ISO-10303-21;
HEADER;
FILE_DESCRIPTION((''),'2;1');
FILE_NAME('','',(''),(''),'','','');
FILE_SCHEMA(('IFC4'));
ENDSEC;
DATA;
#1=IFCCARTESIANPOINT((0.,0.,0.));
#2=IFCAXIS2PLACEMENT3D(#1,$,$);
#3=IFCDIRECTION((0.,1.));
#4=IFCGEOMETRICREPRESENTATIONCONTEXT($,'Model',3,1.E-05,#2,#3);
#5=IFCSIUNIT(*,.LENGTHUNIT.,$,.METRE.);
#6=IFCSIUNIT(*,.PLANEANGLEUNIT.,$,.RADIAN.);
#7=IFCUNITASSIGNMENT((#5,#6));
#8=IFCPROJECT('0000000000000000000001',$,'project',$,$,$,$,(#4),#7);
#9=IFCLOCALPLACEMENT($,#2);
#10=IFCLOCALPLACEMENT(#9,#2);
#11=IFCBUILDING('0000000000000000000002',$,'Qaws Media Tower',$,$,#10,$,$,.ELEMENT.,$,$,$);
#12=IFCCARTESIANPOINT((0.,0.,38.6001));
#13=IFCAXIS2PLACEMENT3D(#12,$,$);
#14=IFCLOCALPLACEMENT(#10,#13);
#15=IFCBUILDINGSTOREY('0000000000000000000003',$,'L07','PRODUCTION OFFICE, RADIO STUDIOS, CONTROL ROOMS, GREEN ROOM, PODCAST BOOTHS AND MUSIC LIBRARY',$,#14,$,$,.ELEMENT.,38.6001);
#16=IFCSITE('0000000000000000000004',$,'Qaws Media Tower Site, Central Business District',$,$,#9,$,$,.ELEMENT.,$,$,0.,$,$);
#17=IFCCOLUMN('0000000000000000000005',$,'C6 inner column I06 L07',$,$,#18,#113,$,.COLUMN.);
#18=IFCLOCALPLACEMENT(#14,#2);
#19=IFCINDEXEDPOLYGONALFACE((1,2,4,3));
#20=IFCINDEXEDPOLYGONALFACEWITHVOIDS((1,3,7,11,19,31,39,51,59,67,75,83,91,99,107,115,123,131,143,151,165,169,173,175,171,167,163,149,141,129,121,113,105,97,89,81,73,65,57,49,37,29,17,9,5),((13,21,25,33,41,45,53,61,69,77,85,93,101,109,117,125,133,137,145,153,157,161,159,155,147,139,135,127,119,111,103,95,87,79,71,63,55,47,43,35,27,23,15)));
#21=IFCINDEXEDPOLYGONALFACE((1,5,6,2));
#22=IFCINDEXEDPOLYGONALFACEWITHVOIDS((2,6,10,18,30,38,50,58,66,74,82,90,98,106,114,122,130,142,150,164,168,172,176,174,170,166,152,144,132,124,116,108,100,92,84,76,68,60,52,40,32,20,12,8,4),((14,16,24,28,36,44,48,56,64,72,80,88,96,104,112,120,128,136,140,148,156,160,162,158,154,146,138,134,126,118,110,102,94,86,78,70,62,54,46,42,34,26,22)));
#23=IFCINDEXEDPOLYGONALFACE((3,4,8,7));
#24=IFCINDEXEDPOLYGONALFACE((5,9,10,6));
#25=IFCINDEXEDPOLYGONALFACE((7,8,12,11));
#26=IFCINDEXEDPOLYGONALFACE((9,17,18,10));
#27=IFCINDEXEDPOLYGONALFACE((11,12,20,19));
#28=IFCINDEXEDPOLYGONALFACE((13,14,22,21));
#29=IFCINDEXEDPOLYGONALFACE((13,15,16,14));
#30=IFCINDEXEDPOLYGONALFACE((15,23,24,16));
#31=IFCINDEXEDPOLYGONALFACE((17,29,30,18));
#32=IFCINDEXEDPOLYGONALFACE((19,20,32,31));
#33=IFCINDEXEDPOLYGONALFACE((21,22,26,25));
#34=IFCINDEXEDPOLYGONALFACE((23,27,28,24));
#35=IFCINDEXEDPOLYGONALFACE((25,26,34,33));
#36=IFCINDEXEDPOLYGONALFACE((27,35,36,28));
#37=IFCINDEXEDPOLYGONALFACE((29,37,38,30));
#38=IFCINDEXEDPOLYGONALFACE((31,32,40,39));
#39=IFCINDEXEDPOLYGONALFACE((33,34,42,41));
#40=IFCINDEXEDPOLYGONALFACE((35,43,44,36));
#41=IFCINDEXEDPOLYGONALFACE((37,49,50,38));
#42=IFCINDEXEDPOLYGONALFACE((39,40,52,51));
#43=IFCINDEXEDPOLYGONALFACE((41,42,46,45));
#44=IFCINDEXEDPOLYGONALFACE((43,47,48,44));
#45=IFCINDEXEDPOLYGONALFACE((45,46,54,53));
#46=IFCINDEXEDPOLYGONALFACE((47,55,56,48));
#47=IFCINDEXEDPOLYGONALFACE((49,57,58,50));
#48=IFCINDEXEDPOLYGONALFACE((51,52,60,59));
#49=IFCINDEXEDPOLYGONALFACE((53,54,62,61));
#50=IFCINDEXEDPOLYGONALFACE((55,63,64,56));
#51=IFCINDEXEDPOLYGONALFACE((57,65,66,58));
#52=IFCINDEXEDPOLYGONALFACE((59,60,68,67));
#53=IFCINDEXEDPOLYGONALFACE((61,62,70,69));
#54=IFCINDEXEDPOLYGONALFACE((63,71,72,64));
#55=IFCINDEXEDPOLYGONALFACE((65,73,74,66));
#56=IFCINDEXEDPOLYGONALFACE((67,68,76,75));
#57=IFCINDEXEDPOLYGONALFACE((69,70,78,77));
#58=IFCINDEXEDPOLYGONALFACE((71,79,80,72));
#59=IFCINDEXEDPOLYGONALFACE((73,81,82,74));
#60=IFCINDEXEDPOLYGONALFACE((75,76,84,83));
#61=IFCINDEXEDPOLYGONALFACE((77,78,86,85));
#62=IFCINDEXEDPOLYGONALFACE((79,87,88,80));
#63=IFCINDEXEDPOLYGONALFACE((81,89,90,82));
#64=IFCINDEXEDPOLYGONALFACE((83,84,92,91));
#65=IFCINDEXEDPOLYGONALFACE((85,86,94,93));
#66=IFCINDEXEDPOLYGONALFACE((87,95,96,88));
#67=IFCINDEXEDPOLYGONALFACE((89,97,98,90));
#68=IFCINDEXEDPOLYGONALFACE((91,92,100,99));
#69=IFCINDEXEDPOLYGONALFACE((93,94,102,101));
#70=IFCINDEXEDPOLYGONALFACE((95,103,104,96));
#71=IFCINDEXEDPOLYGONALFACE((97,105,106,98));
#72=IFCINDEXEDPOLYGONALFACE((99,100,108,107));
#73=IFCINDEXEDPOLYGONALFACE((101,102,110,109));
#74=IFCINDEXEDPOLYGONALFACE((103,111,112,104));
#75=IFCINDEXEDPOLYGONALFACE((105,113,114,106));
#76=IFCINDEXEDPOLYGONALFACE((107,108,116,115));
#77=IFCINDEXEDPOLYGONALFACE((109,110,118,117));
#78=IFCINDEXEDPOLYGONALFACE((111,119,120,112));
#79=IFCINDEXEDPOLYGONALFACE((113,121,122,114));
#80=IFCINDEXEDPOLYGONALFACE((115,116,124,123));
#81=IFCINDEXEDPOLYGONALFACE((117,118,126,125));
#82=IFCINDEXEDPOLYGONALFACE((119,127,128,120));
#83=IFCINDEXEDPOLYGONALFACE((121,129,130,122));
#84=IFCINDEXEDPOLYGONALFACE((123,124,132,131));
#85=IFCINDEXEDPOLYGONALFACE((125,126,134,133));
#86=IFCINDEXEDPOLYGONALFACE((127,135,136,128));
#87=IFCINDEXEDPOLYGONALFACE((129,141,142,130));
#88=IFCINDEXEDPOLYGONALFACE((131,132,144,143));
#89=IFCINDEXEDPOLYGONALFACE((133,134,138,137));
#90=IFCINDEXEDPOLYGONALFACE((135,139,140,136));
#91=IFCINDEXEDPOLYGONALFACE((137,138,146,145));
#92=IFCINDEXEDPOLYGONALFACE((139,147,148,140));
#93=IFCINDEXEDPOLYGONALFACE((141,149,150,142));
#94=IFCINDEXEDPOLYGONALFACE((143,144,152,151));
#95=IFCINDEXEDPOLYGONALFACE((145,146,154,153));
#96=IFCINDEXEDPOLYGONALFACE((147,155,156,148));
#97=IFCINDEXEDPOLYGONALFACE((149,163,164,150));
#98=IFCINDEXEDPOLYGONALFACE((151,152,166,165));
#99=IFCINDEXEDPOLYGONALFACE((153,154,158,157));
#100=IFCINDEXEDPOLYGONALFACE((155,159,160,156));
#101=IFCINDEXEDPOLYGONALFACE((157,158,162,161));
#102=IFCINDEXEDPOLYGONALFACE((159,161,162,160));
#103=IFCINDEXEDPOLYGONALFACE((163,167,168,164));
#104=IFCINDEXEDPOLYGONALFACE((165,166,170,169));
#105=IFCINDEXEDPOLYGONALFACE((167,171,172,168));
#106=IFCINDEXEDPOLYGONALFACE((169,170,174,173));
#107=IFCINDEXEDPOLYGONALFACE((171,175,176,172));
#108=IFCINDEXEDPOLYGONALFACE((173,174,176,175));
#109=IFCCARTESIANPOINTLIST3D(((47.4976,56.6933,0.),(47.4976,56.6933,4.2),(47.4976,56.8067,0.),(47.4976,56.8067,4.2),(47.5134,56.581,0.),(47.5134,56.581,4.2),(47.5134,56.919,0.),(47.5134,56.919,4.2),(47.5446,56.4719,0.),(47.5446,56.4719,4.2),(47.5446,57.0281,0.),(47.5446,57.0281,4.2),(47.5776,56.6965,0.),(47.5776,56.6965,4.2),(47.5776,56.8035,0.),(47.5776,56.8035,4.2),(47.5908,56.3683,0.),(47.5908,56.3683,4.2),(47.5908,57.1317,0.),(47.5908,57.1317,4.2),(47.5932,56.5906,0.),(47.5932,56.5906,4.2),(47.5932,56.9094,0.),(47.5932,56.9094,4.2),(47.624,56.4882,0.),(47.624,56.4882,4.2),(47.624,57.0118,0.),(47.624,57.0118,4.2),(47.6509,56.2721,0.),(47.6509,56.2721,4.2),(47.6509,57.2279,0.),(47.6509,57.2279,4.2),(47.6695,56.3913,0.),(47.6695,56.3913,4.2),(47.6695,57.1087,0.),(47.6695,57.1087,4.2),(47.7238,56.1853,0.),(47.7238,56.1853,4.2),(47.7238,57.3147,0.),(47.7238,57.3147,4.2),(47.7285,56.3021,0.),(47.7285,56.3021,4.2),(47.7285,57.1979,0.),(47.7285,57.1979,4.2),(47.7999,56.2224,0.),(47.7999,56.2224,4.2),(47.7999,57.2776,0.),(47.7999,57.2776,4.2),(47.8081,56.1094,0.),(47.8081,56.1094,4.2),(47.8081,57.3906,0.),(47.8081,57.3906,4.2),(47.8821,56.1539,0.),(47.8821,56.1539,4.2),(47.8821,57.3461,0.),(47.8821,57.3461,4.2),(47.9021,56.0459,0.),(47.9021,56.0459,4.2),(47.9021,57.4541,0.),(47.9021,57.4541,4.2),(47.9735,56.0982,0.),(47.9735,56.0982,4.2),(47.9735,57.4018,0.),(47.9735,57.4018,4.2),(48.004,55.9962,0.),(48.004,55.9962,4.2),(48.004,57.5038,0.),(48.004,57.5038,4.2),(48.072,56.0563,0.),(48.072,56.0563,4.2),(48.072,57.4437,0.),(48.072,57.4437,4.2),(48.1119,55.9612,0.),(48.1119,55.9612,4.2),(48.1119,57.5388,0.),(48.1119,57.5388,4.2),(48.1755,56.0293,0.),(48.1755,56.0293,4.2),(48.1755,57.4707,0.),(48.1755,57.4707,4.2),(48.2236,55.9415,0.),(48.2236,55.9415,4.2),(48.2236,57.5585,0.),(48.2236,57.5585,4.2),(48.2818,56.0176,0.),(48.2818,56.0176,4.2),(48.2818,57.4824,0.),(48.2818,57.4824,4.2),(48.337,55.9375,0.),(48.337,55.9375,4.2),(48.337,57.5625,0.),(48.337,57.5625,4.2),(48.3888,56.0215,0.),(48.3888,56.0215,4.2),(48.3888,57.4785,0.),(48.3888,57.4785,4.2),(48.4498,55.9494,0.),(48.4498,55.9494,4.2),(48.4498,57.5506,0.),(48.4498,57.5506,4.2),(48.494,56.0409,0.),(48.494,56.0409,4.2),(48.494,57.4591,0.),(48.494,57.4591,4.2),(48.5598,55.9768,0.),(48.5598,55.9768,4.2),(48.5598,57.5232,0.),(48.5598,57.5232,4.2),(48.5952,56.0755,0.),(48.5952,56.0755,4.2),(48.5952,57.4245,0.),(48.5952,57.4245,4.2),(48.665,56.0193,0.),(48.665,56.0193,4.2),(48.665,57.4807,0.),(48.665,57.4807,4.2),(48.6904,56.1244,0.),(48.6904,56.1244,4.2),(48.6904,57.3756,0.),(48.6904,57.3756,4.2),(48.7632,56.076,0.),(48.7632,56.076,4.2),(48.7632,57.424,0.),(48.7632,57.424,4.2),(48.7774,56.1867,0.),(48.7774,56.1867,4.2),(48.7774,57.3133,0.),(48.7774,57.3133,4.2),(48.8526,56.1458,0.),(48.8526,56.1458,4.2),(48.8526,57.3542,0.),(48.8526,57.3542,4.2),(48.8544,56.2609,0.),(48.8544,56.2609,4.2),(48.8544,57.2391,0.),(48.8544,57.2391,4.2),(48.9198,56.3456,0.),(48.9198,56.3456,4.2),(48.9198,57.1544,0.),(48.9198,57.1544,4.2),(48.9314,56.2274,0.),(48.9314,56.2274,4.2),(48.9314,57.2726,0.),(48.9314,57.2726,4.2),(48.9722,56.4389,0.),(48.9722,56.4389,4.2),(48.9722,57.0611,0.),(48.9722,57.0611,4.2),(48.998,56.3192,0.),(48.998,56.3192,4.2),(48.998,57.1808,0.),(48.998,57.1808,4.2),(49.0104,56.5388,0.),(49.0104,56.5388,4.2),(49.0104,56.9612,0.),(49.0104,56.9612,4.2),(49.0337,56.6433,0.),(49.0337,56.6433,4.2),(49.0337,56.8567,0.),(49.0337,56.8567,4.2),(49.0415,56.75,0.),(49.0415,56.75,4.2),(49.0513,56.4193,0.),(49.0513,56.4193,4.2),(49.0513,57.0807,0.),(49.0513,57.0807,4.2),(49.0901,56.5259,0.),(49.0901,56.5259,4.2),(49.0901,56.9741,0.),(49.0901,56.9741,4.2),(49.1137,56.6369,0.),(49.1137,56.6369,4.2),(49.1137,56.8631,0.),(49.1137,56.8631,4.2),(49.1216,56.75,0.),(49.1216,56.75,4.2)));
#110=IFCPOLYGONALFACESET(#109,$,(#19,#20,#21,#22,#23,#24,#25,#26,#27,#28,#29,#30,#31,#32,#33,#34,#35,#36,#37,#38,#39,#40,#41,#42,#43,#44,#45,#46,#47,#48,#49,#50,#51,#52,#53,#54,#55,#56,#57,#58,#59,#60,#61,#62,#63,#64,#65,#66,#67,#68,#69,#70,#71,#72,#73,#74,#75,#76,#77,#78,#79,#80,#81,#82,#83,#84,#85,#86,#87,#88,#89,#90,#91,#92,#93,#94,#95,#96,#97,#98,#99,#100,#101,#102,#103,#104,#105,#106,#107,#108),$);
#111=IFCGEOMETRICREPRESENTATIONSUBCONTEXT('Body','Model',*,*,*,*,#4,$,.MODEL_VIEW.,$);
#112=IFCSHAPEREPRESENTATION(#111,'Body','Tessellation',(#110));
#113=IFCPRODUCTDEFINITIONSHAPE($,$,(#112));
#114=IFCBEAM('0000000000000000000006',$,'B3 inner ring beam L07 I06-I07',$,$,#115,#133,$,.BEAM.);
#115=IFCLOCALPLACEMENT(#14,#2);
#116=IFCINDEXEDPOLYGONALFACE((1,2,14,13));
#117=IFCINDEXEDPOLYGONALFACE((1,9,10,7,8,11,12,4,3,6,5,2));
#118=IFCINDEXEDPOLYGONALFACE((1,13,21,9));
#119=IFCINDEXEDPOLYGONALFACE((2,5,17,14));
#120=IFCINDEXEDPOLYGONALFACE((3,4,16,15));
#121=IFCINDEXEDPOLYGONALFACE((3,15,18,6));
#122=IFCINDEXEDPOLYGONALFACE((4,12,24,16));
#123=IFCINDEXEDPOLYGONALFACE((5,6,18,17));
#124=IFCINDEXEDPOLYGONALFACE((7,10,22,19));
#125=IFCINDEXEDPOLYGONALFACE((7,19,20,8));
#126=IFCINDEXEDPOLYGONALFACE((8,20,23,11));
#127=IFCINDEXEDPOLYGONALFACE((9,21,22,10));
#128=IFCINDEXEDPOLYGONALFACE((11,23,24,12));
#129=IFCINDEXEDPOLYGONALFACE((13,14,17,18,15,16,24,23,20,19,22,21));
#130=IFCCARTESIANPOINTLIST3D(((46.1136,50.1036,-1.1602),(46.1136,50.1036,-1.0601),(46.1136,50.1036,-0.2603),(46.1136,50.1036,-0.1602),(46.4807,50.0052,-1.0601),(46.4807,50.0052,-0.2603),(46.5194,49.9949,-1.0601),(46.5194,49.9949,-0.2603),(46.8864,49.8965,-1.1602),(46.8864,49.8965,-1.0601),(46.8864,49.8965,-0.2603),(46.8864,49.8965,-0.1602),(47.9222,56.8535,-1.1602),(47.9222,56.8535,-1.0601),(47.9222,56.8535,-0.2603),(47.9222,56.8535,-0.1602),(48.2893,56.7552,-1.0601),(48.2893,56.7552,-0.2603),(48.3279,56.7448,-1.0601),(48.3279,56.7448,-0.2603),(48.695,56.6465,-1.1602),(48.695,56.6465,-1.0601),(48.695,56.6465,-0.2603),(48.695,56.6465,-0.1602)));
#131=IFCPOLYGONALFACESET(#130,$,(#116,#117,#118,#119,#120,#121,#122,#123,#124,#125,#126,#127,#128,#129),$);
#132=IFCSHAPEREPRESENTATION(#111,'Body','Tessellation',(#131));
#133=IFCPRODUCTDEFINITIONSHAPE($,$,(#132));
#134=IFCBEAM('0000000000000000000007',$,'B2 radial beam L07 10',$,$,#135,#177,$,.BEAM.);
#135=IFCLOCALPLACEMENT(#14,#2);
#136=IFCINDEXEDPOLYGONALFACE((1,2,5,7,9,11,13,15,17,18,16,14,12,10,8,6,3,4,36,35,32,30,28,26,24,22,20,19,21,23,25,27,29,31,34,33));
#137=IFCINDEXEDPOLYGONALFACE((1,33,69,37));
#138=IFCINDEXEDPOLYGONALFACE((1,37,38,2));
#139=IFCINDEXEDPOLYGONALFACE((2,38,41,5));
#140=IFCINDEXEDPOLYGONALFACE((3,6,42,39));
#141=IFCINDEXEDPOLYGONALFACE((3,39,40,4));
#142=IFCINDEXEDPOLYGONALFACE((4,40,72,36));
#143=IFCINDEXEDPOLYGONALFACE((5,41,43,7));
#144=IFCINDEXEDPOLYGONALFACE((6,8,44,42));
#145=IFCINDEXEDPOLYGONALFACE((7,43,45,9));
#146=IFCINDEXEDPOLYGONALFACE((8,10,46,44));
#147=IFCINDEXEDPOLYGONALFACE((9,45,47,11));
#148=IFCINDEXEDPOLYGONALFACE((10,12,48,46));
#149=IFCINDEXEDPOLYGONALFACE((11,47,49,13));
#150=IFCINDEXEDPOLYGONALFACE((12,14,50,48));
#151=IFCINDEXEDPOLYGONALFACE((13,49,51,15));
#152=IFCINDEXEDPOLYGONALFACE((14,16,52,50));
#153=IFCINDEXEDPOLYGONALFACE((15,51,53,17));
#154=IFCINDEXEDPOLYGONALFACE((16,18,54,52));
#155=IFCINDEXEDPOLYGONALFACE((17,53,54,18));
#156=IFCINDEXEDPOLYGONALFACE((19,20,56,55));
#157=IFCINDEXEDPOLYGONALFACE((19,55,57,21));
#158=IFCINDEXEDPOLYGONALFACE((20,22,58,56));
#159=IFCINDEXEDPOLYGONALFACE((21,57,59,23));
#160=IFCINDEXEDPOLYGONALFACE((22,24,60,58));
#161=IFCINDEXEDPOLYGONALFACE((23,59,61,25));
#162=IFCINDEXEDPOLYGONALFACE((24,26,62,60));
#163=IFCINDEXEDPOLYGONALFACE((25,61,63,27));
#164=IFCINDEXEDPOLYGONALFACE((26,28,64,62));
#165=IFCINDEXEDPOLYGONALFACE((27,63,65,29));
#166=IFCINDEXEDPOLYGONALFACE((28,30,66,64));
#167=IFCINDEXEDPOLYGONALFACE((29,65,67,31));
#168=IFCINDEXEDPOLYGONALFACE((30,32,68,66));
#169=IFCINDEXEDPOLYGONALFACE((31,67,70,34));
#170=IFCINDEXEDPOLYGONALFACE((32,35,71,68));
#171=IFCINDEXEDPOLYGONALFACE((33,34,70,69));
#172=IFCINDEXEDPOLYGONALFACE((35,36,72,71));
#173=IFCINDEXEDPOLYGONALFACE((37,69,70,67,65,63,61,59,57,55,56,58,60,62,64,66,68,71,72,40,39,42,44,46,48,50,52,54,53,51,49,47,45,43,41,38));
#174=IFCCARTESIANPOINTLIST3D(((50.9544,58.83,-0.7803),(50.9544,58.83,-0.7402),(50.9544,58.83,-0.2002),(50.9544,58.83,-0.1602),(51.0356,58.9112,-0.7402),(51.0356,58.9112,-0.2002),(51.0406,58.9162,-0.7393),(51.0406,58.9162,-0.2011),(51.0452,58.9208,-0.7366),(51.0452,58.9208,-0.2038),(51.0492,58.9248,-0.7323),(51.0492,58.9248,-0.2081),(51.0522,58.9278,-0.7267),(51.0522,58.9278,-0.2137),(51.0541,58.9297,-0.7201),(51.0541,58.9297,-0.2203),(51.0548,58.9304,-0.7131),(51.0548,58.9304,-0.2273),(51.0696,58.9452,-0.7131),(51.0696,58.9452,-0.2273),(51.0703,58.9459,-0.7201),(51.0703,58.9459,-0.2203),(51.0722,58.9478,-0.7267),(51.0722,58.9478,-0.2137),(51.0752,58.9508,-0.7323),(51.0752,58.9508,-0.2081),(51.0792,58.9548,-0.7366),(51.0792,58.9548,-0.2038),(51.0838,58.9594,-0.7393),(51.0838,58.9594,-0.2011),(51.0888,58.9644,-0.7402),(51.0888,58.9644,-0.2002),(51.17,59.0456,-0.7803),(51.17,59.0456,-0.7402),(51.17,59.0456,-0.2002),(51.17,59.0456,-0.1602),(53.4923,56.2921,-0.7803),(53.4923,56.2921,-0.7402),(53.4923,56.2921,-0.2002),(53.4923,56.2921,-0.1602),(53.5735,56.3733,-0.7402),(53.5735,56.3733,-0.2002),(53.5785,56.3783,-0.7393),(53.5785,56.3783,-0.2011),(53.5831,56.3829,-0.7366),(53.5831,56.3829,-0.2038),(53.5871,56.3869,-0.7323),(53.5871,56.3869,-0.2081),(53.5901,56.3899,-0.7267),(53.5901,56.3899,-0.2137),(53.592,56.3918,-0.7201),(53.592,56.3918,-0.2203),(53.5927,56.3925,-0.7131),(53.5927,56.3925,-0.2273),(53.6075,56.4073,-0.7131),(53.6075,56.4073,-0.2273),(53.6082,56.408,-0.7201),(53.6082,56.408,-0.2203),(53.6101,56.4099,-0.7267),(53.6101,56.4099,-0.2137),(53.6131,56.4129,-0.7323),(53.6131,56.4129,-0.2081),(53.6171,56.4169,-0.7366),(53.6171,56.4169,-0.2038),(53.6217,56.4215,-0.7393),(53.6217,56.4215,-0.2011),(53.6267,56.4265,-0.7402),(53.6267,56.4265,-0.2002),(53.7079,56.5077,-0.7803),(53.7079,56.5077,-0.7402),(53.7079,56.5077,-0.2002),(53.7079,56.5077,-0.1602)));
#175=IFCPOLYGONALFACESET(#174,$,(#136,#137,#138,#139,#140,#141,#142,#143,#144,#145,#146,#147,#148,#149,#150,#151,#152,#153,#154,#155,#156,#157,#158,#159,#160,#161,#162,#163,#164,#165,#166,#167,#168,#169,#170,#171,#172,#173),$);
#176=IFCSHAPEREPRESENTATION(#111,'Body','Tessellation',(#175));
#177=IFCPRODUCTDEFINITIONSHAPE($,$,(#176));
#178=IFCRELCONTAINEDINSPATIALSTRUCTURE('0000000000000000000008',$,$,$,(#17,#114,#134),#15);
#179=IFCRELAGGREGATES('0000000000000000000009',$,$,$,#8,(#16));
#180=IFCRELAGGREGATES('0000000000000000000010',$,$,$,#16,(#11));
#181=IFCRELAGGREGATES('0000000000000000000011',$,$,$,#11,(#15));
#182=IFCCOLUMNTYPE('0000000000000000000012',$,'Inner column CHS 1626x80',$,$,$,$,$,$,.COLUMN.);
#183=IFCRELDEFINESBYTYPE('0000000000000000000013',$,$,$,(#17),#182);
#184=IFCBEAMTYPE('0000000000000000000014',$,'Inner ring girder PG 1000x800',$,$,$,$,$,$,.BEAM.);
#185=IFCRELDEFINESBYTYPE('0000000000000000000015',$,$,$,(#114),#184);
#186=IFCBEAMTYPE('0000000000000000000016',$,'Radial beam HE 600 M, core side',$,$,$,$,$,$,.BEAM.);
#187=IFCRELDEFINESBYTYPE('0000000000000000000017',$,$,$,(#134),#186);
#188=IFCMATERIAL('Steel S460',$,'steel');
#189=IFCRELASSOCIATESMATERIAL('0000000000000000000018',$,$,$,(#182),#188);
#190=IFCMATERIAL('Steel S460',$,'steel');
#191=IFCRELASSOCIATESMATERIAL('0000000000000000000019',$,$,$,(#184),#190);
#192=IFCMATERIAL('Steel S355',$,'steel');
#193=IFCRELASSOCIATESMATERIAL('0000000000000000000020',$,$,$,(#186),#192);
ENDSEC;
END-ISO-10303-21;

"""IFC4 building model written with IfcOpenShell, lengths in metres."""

from ifc_helpers import new_model, si_unit, direction, frame, origin, origin_2d, place, context, subcontext, project, spatial, hollow_circle, i_section, extrude, material, material_profile, profile_set, type_object, element, save


model = new_model("IFC4")

# Units and contexts
model_context = context("Model", 3, precision=1e-05, world=origin(), true_north=direction((0.0, 1.0)))
body_context = subcontext(model_context, "Body", "Model", "MODEL_VIEW")
ifc_project = project(units=[si_unit("LENGTHUNIT", "METRE"), si_unit("PLANEANGLEUNIT", "RADIAN")], contexts=[model_context])

# Site, building, storey
site_placement = place(None, origin())
site = spatial("IfcSite", under=ifc_project, at=site_placement, Name="Qaws Media Tower Site, Central Business District", CompositionType="ELEMENT", RefElevation=0.0)
building_placement = place(site_placement, origin())
building = spatial("IfcBuilding", under=site, at=building_placement, Name="Qaws Media Tower", CompositionType="ELEMENT")
storey_placement = place(building_placement, frame((0.0, 0.0, 38.6001)))
storey = spatial("IfcBuildingStorey", under=building, at=storey_placement, Name="L07", Description="PRODUCTION OFFICE, RADIO STUDIOS, CONTROL ROOMS, GREEN ROOM, PODCAST BOOTHS AND MUSIC LIBRARY", CompositionType="ELEMENT", Elevation=38.6001)

# Column
ifc_material_1 = material(Name="Steel S460", Category="steel")
ifc_material_profile_1 = material_profile(ifc_material_1, hollow_circle(Radius=0.813, WallThickness=0.0801, at=origin_2d()), Name="CHS 1626x80")
ifc_profile_set_1 = profile_set([ifc_material_profile_1], Name="Steel S460")
column_type = type_object("IfcColumnType", Name="Inner column CHS 1626x80", PredefinedType="COLUMN", material=ifc_profile_set_1)
column_placement = place(storey_placement, frame((48.3086, 56.75, 0.0), z_axis=(0.0, 0.0, 1.0), x_axis=(1.0, 0.0, 0.0)))
element("IfcColumn", 1, at=column_placement, inside=storey, type_object=column_type, Name="C6 inner column I06 L07", PredefinedType="COLUMN", context=body_context, shape_type="SweptSolid", body=[
    extrude(hollow_circle(Radius=0.813, WallThickness=0.0801, at=origin_2d()), origin(), (0.0, 0.0, 1.0), 4.2),
])

# Beams
ifc_material_2 = material(Name="Steel S460", Category="steel")
ifc_material_profile_2 = material_profile(ifc_material_2, i_section(OverallWidth=0.8, OverallDepth=1.0, WebThickness=0.04, FlangeThickness=0.1001, at=origin_2d()), Name="PG 1000x800")
ifc_profile_set_2 = profile_set([ifc_material_profile_2], Name="Steel S460")
beam_type_1 = type_object("IfcBeamType", Name="Inner ring girder PG 1000x800", PredefinedType="BEAM", material=ifc_profile_set_2)
beam_1_placement = place(storey_placement, frame((48.3086, 56.75, -0.6602), z_axis=(-0.258811, -0.965928, 0.0), x_axis=(0.965928, -0.258811, 0.0)))
element("IfcBeam", 2, at=beam_1_placement, inside=storey, type_object=beam_type_1, Name="B3 inner ring beam L07 I06-I07", PredefinedType="BEAM", context=body_context, shape_type="SweptSolid", body=[
    extrude(i_section(OverallWidth=0.8, OverallDepth=1.0, WebThickness=0.04, FlangeThickness=0.1001, at=origin_2d()), origin(), (0.0, 0.0, 1.0), 6.988),
])
ifc_material_3 = material(Name="Steel S355", Category="steel")
ifc_material_profile_3 = material_profile(ifc_material_3, i_section(OverallWidth=0.3049, OverallDepth=0.6201, WebThickness=0.021, FlangeThickness=0.04, FilletRadius=0.0271, at=origin_2d()), Name="HE 600 M")
ifc_profile_set_3 = profile_set([ifc_material_profile_3], Name="Steel S355")
beam_type_2 = type_object("IfcBeamType", Name="Radial beam HE 600 M, core side", PredefinedType="BEAM", material=ifc_profile_set_3)
beam_2_placement = place(storey_placement, frame((53.6001, 56.3999, -0.4702), z_axis=(-0.707107, 0.707107, 0.0), x_axis=(-0.707107, -0.707107, 0.0)))
element("IfcBeam", 3, at=beam_2_placement, inside=storey, type_object=beam_type_2, Name="B2 radial beam L07 10", PredefinedType="BEAM", context=body_context, shape_type="SweptSolid", body=[
    extrude(i_section(OverallWidth=0.3049, OverallDepth=0.6201, WebThickness=0.021, FlangeThickness=0.04, FilletRadius=0.0271, at=origin_2d()), origin(), (0.0, 0.0, 1.0), 3.5891),
])

save(model, "model.ifc")
